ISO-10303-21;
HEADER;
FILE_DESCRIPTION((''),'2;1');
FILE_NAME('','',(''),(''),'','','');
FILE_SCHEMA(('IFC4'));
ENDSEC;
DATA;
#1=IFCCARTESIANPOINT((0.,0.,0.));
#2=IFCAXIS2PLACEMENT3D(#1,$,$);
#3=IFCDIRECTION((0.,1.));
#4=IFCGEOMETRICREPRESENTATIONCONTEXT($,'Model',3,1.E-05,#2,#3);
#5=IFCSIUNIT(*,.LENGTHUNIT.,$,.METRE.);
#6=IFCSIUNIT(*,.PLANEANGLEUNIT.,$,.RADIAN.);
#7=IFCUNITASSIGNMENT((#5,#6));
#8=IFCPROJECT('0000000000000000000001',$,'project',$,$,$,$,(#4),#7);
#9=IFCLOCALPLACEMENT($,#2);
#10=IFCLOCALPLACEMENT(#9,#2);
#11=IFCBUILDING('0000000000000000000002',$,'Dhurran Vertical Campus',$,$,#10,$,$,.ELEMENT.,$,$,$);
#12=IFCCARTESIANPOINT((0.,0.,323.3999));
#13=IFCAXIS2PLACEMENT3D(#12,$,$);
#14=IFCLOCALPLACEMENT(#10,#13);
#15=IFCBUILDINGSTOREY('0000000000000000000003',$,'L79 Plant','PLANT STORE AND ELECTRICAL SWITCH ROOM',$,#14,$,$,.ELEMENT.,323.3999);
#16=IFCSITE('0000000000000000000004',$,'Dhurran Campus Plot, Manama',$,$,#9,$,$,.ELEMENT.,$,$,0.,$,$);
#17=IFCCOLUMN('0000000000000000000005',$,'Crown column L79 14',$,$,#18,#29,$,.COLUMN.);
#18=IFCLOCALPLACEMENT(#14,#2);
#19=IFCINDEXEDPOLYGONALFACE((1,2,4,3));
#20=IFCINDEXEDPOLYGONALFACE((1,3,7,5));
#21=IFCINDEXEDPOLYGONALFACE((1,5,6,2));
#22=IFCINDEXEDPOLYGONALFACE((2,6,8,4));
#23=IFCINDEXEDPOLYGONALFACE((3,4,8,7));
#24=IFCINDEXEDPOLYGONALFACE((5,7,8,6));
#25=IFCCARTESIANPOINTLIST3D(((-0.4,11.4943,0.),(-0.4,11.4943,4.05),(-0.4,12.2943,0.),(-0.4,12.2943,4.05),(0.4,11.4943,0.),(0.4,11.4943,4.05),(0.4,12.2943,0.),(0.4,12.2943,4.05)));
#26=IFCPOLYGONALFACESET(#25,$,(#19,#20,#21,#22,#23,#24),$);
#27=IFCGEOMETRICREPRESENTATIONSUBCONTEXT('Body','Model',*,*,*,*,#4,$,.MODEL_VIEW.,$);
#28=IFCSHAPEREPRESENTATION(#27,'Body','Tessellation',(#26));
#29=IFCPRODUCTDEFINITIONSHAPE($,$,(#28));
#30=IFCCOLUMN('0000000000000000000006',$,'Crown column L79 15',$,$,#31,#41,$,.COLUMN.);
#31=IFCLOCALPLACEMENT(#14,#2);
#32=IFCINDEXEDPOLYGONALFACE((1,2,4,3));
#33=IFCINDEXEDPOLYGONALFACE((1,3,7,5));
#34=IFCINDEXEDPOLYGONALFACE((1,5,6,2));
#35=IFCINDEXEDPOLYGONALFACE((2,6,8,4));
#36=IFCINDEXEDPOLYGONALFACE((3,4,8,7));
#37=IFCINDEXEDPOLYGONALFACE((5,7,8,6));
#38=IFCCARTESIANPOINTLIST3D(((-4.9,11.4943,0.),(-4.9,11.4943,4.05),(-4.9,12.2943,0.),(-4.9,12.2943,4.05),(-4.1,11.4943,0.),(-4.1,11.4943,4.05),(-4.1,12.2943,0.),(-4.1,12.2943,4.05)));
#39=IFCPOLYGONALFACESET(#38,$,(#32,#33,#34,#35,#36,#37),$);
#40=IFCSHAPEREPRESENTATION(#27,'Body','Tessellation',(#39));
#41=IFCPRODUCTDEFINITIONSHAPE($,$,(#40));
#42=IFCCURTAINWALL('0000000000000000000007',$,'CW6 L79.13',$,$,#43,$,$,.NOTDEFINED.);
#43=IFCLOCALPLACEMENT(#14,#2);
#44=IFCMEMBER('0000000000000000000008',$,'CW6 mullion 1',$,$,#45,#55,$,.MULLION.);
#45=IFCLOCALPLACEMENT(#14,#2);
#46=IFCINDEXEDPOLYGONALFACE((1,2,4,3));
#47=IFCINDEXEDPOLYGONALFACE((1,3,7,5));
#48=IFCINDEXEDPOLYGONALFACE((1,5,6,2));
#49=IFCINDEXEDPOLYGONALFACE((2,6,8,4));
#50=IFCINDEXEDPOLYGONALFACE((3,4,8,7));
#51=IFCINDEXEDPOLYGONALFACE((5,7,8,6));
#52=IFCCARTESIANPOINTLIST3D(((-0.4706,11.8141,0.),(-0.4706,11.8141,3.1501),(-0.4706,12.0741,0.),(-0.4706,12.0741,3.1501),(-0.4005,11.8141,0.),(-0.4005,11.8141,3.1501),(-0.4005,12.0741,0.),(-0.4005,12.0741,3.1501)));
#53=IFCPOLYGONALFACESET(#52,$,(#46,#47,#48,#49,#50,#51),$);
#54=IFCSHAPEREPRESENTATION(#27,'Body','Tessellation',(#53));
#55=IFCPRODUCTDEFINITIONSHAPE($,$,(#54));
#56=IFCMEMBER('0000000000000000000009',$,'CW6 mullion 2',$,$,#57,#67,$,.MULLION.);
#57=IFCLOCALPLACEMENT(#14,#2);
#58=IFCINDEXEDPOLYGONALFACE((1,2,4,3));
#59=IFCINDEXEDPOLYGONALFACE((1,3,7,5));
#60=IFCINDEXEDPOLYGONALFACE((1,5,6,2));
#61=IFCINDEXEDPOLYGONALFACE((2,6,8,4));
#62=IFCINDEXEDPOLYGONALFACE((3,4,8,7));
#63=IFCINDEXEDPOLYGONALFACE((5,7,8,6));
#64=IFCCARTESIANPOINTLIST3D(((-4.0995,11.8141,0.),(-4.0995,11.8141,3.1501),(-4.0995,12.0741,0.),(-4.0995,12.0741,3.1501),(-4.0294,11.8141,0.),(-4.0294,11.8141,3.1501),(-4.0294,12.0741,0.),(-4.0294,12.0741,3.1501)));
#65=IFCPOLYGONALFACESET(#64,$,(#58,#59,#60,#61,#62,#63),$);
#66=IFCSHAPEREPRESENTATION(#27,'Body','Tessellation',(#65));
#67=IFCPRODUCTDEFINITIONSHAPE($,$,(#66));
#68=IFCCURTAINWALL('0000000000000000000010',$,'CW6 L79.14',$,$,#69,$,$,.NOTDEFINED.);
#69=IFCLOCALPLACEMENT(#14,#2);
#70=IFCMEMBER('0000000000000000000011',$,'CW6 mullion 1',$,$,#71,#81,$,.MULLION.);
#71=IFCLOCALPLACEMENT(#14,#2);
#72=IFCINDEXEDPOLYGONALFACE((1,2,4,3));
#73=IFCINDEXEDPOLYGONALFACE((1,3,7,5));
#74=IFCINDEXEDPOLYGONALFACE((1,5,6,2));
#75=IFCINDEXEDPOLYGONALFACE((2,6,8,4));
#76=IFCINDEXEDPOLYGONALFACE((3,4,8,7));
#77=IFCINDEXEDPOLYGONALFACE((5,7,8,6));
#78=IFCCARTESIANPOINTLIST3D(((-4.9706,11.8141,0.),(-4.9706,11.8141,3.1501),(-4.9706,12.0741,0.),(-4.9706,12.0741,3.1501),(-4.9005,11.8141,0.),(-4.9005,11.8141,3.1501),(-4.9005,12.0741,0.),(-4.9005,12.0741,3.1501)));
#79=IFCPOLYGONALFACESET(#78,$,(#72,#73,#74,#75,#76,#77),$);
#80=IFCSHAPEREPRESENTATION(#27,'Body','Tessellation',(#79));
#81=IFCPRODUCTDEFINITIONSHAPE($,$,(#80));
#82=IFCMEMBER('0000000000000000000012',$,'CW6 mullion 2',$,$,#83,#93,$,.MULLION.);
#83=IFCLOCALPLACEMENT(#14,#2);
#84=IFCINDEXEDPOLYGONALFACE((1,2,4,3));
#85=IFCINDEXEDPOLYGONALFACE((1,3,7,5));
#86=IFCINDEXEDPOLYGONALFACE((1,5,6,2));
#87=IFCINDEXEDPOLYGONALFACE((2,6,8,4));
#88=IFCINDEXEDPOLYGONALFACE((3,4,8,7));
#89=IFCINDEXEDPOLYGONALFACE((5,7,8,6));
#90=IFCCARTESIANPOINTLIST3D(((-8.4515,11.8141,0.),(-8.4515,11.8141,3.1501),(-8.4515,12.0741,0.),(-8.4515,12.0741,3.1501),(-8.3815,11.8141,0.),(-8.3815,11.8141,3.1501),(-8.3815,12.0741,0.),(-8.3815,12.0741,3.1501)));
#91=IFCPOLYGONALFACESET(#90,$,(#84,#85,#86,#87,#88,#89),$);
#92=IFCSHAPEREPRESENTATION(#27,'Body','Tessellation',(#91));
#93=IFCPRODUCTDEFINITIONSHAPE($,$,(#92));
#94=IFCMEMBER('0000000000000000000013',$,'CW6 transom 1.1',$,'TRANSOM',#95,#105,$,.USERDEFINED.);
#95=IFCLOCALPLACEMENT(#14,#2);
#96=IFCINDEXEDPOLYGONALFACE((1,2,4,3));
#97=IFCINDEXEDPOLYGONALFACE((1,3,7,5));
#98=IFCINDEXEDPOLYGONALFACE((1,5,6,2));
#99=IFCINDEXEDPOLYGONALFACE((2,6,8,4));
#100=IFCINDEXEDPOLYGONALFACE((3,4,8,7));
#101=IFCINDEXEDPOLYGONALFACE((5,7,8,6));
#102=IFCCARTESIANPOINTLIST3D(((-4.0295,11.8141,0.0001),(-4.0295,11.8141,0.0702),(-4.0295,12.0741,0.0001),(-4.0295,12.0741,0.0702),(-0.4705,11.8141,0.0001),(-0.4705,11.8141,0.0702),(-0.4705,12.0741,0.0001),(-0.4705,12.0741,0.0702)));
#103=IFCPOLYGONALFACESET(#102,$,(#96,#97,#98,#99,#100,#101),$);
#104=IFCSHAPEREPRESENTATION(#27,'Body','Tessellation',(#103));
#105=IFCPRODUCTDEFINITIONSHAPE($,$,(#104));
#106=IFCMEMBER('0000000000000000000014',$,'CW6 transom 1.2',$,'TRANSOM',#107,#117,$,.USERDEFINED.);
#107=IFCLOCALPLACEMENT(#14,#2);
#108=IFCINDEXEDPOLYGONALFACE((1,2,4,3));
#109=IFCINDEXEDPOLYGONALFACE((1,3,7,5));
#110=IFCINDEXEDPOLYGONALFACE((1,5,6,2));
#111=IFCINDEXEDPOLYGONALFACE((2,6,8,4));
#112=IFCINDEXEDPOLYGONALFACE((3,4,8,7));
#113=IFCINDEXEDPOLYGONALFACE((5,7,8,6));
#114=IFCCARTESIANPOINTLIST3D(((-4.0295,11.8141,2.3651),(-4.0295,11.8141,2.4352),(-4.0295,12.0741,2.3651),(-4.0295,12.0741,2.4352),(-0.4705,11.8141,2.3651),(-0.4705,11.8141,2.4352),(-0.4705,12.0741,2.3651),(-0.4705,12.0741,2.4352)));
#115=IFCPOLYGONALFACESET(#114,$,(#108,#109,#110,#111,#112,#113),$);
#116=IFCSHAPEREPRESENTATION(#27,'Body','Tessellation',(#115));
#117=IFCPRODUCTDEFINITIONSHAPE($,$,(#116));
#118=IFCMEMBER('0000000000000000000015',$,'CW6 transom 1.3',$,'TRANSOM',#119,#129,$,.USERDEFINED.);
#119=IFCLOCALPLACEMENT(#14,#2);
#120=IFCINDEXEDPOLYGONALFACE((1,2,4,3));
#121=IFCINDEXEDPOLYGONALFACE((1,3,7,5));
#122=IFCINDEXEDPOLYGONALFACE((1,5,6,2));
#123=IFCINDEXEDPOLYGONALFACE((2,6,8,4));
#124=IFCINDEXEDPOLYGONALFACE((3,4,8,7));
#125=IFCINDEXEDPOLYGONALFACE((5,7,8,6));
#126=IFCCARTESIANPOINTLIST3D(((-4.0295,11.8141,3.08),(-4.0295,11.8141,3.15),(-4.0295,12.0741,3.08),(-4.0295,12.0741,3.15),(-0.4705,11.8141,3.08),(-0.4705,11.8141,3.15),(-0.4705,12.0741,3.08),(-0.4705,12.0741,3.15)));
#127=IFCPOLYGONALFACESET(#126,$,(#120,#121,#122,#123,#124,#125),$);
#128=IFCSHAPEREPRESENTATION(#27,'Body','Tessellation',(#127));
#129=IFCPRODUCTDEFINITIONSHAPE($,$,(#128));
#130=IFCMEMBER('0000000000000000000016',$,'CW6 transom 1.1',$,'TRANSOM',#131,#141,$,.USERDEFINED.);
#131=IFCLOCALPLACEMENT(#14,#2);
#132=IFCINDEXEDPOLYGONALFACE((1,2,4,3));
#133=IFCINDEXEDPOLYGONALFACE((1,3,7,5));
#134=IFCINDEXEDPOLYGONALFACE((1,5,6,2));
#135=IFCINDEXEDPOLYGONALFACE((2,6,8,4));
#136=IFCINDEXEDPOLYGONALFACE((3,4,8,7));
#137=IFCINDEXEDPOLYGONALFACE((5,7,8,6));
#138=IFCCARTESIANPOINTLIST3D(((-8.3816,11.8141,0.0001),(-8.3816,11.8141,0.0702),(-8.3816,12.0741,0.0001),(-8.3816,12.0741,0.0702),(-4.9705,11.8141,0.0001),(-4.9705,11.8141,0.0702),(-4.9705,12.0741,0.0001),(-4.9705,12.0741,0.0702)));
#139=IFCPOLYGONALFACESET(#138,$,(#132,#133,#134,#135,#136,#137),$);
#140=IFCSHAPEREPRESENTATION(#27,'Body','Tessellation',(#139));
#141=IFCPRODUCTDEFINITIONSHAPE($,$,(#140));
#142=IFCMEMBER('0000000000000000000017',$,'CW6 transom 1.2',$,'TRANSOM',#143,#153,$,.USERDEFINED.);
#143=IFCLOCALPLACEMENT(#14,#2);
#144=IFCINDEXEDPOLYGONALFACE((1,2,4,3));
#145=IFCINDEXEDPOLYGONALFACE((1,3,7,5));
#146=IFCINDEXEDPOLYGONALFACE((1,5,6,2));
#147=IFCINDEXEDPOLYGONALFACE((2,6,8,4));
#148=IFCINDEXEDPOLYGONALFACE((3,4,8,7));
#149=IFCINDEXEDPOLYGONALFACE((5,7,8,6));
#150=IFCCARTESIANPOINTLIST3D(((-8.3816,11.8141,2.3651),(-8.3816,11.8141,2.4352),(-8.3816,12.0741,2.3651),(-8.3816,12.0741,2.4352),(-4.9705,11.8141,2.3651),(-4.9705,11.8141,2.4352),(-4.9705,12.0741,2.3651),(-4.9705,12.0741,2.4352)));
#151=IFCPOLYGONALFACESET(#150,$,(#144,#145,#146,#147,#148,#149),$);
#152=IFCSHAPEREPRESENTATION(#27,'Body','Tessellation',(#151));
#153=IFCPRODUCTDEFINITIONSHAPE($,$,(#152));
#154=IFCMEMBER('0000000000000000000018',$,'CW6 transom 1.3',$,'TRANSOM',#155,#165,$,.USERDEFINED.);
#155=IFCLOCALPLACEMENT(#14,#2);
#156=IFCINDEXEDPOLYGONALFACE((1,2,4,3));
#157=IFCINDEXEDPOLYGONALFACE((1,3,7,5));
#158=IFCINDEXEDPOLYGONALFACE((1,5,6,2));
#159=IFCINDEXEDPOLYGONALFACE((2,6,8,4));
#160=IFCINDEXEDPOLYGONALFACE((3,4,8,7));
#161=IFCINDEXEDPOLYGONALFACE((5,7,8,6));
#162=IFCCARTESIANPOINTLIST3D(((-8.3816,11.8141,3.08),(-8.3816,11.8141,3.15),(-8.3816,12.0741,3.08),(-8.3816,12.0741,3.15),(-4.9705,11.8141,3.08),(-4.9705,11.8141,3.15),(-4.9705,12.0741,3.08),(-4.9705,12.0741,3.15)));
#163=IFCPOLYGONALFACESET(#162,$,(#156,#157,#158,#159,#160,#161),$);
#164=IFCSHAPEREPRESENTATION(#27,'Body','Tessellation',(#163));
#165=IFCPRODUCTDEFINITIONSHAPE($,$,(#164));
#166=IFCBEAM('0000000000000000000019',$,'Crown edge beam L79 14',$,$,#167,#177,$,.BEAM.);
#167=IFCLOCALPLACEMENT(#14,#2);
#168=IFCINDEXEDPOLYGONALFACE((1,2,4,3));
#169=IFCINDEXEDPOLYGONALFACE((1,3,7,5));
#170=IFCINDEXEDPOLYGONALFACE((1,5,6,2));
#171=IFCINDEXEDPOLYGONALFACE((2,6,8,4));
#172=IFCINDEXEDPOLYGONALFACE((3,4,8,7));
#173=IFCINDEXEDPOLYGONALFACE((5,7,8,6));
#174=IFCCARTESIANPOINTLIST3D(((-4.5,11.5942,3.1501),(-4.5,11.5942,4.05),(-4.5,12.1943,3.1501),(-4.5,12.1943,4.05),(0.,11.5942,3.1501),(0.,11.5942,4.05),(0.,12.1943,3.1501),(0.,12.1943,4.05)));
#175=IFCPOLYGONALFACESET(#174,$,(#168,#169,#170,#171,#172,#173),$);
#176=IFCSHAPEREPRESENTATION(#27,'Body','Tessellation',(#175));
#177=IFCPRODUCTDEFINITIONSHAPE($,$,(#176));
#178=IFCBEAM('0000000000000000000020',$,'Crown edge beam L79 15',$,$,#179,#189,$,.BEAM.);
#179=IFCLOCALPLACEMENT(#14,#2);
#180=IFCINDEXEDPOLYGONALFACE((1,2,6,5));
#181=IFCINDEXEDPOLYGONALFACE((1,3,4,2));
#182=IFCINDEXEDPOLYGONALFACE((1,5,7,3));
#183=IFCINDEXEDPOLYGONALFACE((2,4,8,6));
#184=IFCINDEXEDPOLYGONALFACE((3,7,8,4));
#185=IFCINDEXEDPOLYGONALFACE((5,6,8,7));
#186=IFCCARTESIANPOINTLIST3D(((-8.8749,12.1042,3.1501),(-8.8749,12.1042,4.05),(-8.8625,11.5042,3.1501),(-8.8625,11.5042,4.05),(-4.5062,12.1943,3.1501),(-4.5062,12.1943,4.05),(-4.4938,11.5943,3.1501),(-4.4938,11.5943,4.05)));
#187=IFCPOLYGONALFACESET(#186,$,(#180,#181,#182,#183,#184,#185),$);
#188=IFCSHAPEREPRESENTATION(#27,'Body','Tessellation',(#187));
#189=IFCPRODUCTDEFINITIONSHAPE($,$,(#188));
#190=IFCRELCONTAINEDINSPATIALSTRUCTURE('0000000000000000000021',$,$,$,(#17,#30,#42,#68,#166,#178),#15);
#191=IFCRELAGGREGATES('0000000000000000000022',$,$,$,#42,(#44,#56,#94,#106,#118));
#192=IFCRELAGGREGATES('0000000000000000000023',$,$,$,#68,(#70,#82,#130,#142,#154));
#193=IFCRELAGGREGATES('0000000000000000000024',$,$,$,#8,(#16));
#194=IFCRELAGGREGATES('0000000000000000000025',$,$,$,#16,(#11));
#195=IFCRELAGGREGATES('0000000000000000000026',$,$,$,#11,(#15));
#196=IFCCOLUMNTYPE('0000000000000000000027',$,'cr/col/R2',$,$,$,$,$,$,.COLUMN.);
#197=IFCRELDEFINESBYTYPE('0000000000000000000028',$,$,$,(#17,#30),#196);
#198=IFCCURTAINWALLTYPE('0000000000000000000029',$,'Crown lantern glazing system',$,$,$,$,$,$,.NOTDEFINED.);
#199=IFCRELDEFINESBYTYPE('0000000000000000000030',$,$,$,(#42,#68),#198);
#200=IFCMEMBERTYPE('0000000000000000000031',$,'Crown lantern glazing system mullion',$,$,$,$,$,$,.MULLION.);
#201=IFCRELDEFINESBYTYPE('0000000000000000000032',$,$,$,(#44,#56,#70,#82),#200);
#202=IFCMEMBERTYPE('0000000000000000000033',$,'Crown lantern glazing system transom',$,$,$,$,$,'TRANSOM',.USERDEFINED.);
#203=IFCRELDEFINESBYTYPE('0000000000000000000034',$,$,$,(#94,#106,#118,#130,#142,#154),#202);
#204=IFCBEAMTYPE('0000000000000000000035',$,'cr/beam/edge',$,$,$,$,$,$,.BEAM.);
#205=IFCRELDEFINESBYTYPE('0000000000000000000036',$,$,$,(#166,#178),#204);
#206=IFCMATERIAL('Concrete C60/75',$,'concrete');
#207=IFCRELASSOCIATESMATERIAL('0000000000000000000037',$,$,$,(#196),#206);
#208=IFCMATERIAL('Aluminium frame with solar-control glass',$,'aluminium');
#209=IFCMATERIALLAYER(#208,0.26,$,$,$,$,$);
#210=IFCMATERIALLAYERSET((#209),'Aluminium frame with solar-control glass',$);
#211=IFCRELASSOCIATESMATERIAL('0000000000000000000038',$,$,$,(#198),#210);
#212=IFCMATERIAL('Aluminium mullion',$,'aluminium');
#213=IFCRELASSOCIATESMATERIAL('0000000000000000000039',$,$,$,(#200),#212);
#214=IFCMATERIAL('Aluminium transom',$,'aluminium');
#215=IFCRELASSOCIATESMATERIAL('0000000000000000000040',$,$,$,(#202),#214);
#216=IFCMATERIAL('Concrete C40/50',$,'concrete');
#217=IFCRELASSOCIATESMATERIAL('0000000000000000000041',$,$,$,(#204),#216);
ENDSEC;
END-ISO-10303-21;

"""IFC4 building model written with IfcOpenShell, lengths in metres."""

from ifc_helpers import new_model, si_unit, direction, frame, origin, origin_2d, place, context, subcontext, project, spatial, rectangle, extrude, material, layer, layer_set, material_profile, profile_set, type_object, element, aggregate, save


model = new_model("IFC4")

# Units and contexts
model_context = context("Model", 3, precision=1e-05, world=origin(), true_north=direction((0.0, 1.0)))
body_context = subcontext(model_context, "Body", "Model", "MODEL_VIEW")
ifc_project = project(units=[si_unit("LENGTHUNIT", "METRE"), si_unit("PLANEANGLEUNIT", "RADIAN")], contexts=[model_context])

# Site, building, storey
site_placement = place(None, origin())
site = spatial("IfcSite", under=ifc_project, at=site_placement, Name="Dhurran Campus Plot, Manama", CompositionType="ELEMENT", RefElevation=0.0)
building_placement = place(site_placement, origin())
building = spatial("IfcBuilding", under=site, at=building_placement, Name="Dhurran Vertical Campus", CompositionType="ELEMENT")
storey_placement = place(building_placement, frame((0.0, 0.0, 323.3999)))
storey = spatial("IfcBuildingStorey", under=building, at=storey_placement, Name="L79 Plant", Description="PLANT STORE AND ELECTRICAL SWITCH ROOM", CompositionType="ELEMENT", Elevation=323.3999)

# Columns
ifc_material_1 = material(Name="Concrete C60/75", Category="concrete")
ifc_material_profile_1 = material_profile(ifc_material_1, rectangle(XDim=0.8, YDim=0.8, at=origin_2d()), Name="cr/col/R2")
ifc_profile_set_1 = profile_set([ifc_material_profile_1], Name="Concrete C60/75")
column_type = type_object("IfcColumnType", Name="cr/col/R2", PredefinedType="COLUMN", material=ifc_profile_set_1)
for number, where, z_axis, x_axis, name in (
    (1, (0.0, 11.8943, 0.0), (0.0, 0.0, 1.0), (-1.0, 0.0, 0.0), "Crown column L79 14"),
    (2, (-4.5, 11.8943, 0.0), (0.0, 0.0, 1.0), (-1.0, 0.0, 0.0), "Crown column L79 15"),
):
    element("IfcColumn", number, at=place(storey_placement, frame(where, z_axis=z_axis, x_axis=x_axis)), inside=storey, type_object=column_type, Name=name, PredefinedType="COLUMN", context=body_context, shape_type="SweptSolid", body=[
        extrude(rectangle(XDim=0.8, YDim=0.8, at=origin_2d()), origin(), (0.0, 0.0, 1.0), 4.05),
    ])

# Curtain walls, members
ifc_material_2 = material(Name="Aluminium frame with solar-control glass", Category="aluminium")
ifc_layer_1 = layer(ifc_material_2, 0.26)
ifc_layer_set_1 = layer_set([ifc_layer_1], Name="Aluminium frame with solar-control glass")
curtain_wall_type = type_object("IfcCurtainWallType", Name="Crown lantern glazing system", PredefinedType="NOTDEFINED", material=ifc_layer_set_1)
curtain_wall_1_placement = place(storey_placement, origin())
curtain_wall_1 = element("IfcCurtainWall", 3, at=curtain_wall_1_placement, inside=storey, type_object=curtain_wall_type, Name="CW6 L79.13", PredefinedType="NOTDEFINED")
ifc_material_3 = material(Name="Aluminium mullion", Category="aluminium")
ifc_material_profile_2 = material_profile(ifc_material_3, rectangle(XDim=0.26, YDim=0.0701, at=origin_2d()), Name="Crown lantern glazing system mullion")
ifc_profile_set_2 = profile_set([ifc_material_profile_2], Name="Aluminium mullion")
member_type_1 = type_object("IfcMemberType", Name="Crown lantern glazing system mullion", PredefinedType="MULLION", material=ifc_profile_set_2)
member_1_placement = place(storey_placement, frame((-0.4355, 11.9441, 0.0), z_axis=(0.0, 0.0, 1.0), x_axis=(0.0, -1.0, 0.0)))
member_1 = element("IfcMember", 4, at=member_1_placement, type_object=member_type_1, Name="CW6 mullion 1", PredefinedType="MULLION", context=body_context, shape_type="SweptSolid", body=[
    extrude(rectangle(XDim=0.26, YDim=0.0701, at=origin_2d()), origin(), (0.0, 0.0, 1.0), 3.1501),
])
member_2_placement = place(storey_placement, frame((-4.0645, 11.9441, 0.0), z_axis=(0.0, 0.0, 1.0), x_axis=(0.0, -1.0, 0.0)))
member_2 = element("IfcMember", 5, at=member_2_placement, type_object=member_type_1, Name="CW6 mullion 2", PredefinedType="MULLION", context=body_context, shape_type="SweptSolid", body=[
    extrude(rectangle(XDim=0.26, YDim=0.0701, at=origin_2d()), origin(), (0.0, 0.0, 1.0), 3.1501),
])
curtain_wall_2_placement = place(storey_placement, origin())
curtain_wall_2 = element("IfcCurtainWall", 6, at=curtain_wall_2_placement, inside=storey, type_object=curtain_wall_type, Name="CW6 L79.14", PredefinedType="NOTDEFINED")
member_3_placement = place(storey_placement, frame((-4.9355, 11.9441, 0.0), z_axis=(0.0, 0.0, 1.0), x_axis=(0.0, -1.0, 0.0)))
member_3 = element("IfcMember", 7, at=member_3_placement, type_object=member_type_1, Name="CW6 mullion 1", PredefinedType="MULLION", context=body_context, shape_type="SweptSolid", body=[
    extrude(rectangle(XDim=0.26, YDim=0.0701, at=origin_2d()), origin(), (0.0, 0.0, 1.0), 3.1501),
])
member_4_placement = place(storey_placement, frame((-8.4165, 11.9441, 0.0), z_axis=(0.0, 0.0, 1.0), x_axis=(0.0, -1.0, 0.0)))
member_4 = element("IfcMember", 8, at=member_4_placement, type_object=member_type_1, Name="CW6 mullion 2", PredefinedType="MULLION", context=body_context, shape_type="SweptSolid", body=[
    extrude(rectangle(XDim=0.26, YDim=0.0701, at=origin_2d()), origin(), (0.0, 0.0, 1.0), 3.1501),
])

# Members
ifc_material_4 = material(Name="Aluminium transom", Category="aluminium")
ifc_material_profile_3 = material_profile(ifc_material_4, rectangle(XDim=0.26, YDim=0.0701, at=origin_2d()), Name="Crown lantern glazing system transom")
ifc_profile_set_3 = profile_set([ifc_material_profile_3], Name="Aluminium transom")
member_type_2 = type_object("IfcMemberType", Name="Crown lantern glazing system transom", ElementType="TRANSOM", PredefinedType="USERDEFINED", material=ifc_profile_set_3)
member_5_placement = place(storey_placement, frame((-0.4705, 11.9441, 0.0352), z_axis=(-1.0, 0.0, 0.0), x_axis=(0.0, -1.0, 0.0)))
member_5 = element("IfcMember", 9, at=member_5_placement, type_object=member_type_2, Name="CW6 transom 1.1", ObjectType="TRANSOM", PredefinedType="USERDEFINED", context=body_context, shape_type="SweptSolid", body=[
    extrude(rectangle(XDim=0.26, YDim=0.0701, at=origin_2d()), origin(), (0.0, 0.0, 1.0), 3.5591),
])
member_6_placement = place(storey_placement, frame((-0.4705, 11.9441, 2.4001), z_axis=(-1.0, 0.0, 0.0), x_axis=(0.0, -1.0, 0.0)))
member_6 = element("IfcMember", 10, at=member_6_placement, type_object=member_type_2, Name="CW6 transom 1.2", ObjectType="TRANSOM", PredefinedType="USERDEFINED", context=body_context, shape_type="SweptSolid", body=[
    extrude(rectangle(XDim=0.26, YDim=0.0701, at=origin_2d()), origin(), (0.0, 0.0, 1.0), 3.5591),
])
member_7_placement = place(storey_placement, frame((-0.4705, 11.9441, 3.115), z_axis=(-1.0, 0.0, 0.0), x_axis=(0.0, -1.0, 0.0)))
member_7 = element("IfcMember", 11, at=member_7_placement, type_object=member_type_2, Name="CW6 transom 1.3", ObjectType="TRANSOM", PredefinedType="USERDEFINED", context=body_context, shape_type="SweptSolid", body=[
    extrude(rectangle(XDim=0.26, YDim=0.0701, at=origin_2d()), origin(), (0.0, 0.0, 1.0), 3.5591),
])
member_8_placement = place(storey_placement, frame((-4.9705, 11.9441, 0.0352), z_axis=(-1.0, 0.0, 0.0), x_axis=(0.0, -1.0, 0.0)))
member_8 = element("IfcMember", 12, at=member_8_placement, type_object=member_type_2, Name="CW6 transom 1.1", ObjectType="TRANSOM", PredefinedType="USERDEFINED", context=body_context, shape_type="SweptSolid", body=[
    extrude(rectangle(XDim=0.26, YDim=0.0701, at=origin_2d()), origin(), (0.0, 0.0, 1.0), 3.4111),
])
member_9_placement = place(storey_placement, frame((-4.9705, 11.9441, 2.4001), z_axis=(-1.0, 0.0, 0.0), x_axis=(0.0, -1.0, 0.0)))
member_9 = element("IfcMember", 13, at=member_9_placement, type_object=member_type_2, Name="CW6 transom 1.2", ObjectType="TRANSOM", PredefinedType="USERDEFINED", context=body_context, shape_type="SweptSolid", body=[
    extrude(rectangle(XDim=0.26, YDim=0.0701, at=origin_2d()), origin(), (0.0, 0.0, 1.0), 3.4111),
])
member_10_placement = place(storey_placement, frame((-4.9705, 11.9441, 3.115), z_axis=(-1.0, 0.0, 0.0), x_axis=(0.0, -1.0, 0.0)))
member_10 = element("IfcMember", 14, at=member_10_placement, type_object=member_type_2, Name="CW6 transom 1.3", ObjectType="TRANSOM", PredefinedType="USERDEFINED", context=body_context, shape_type="SweptSolid", body=[
    extrude(rectangle(XDim=0.26, YDim=0.0701, at=origin_2d()), origin(), (0.0, 0.0, 1.0), 3.4111),
])

# Beams
ifc_material_5 = material(Name="Concrete C40/50", Category="concrete")
ifc_material_profile_4 = material_profile(ifc_material_5, rectangle(XDim=0.6001, YDim=0.8999, at=origin_2d()), Name="cr/beam/edge")
ifc_profile_set_4 = profile_set([ifc_material_profile_4], Name="Concrete C40/50")
beam_type = type_object("IfcBeamType", Name="cr/beam/edge", PredefinedType="BEAM", material=ifc_profile_set_4)
beam_1_placement = place(storey_placement, frame((0.0, 11.8943, 3.6001), z_axis=(-1.0, 0.0, 0.0), x_axis=(0.0, -1.0, 0.0)))
element("IfcBeam", 15, at=beam_1_placement, inside=storey, type_object=beam_type, Name="Crown edge beam L79 14", PredefinedType="BEAM", context=body_context, shape_type="SweptSolid", body=[
    extrude(rectangle(XDim=0.6001, YDim=0.8999, at=origin_2d()), origin(), (0.0, 0.0, 1.0), 4.5),
])
beam_2_placement = place(storey_placement, frame((-4.5, 11.8943, 3.6001), z_axis=(-0.999787, -0.020617, 0.0), x_axis=(0.020617, -0.999787, 0.0)))
element("IfcBeam", 16, at=beam_2_placement, inside=storey, type_object=beam_type, Name="Crown edge beam L79 15", PredefinedType="BEAM", context=body_context, shape_type="SweptSolid", body=[
    extrude(rectangle(XDim=0.6001, YDim=0.8999, at=origin_2d()), origin(), (0.0, 0.0, 1.0), 4.3696),
])

aggregate(curtain_wall_1, [member_1, member_2, member_5, member_6, member_7])
aggregate(curtain_wall_2, [member_3, member_4, member_8, member_9, member_10])

save(model, "model.ifc")
